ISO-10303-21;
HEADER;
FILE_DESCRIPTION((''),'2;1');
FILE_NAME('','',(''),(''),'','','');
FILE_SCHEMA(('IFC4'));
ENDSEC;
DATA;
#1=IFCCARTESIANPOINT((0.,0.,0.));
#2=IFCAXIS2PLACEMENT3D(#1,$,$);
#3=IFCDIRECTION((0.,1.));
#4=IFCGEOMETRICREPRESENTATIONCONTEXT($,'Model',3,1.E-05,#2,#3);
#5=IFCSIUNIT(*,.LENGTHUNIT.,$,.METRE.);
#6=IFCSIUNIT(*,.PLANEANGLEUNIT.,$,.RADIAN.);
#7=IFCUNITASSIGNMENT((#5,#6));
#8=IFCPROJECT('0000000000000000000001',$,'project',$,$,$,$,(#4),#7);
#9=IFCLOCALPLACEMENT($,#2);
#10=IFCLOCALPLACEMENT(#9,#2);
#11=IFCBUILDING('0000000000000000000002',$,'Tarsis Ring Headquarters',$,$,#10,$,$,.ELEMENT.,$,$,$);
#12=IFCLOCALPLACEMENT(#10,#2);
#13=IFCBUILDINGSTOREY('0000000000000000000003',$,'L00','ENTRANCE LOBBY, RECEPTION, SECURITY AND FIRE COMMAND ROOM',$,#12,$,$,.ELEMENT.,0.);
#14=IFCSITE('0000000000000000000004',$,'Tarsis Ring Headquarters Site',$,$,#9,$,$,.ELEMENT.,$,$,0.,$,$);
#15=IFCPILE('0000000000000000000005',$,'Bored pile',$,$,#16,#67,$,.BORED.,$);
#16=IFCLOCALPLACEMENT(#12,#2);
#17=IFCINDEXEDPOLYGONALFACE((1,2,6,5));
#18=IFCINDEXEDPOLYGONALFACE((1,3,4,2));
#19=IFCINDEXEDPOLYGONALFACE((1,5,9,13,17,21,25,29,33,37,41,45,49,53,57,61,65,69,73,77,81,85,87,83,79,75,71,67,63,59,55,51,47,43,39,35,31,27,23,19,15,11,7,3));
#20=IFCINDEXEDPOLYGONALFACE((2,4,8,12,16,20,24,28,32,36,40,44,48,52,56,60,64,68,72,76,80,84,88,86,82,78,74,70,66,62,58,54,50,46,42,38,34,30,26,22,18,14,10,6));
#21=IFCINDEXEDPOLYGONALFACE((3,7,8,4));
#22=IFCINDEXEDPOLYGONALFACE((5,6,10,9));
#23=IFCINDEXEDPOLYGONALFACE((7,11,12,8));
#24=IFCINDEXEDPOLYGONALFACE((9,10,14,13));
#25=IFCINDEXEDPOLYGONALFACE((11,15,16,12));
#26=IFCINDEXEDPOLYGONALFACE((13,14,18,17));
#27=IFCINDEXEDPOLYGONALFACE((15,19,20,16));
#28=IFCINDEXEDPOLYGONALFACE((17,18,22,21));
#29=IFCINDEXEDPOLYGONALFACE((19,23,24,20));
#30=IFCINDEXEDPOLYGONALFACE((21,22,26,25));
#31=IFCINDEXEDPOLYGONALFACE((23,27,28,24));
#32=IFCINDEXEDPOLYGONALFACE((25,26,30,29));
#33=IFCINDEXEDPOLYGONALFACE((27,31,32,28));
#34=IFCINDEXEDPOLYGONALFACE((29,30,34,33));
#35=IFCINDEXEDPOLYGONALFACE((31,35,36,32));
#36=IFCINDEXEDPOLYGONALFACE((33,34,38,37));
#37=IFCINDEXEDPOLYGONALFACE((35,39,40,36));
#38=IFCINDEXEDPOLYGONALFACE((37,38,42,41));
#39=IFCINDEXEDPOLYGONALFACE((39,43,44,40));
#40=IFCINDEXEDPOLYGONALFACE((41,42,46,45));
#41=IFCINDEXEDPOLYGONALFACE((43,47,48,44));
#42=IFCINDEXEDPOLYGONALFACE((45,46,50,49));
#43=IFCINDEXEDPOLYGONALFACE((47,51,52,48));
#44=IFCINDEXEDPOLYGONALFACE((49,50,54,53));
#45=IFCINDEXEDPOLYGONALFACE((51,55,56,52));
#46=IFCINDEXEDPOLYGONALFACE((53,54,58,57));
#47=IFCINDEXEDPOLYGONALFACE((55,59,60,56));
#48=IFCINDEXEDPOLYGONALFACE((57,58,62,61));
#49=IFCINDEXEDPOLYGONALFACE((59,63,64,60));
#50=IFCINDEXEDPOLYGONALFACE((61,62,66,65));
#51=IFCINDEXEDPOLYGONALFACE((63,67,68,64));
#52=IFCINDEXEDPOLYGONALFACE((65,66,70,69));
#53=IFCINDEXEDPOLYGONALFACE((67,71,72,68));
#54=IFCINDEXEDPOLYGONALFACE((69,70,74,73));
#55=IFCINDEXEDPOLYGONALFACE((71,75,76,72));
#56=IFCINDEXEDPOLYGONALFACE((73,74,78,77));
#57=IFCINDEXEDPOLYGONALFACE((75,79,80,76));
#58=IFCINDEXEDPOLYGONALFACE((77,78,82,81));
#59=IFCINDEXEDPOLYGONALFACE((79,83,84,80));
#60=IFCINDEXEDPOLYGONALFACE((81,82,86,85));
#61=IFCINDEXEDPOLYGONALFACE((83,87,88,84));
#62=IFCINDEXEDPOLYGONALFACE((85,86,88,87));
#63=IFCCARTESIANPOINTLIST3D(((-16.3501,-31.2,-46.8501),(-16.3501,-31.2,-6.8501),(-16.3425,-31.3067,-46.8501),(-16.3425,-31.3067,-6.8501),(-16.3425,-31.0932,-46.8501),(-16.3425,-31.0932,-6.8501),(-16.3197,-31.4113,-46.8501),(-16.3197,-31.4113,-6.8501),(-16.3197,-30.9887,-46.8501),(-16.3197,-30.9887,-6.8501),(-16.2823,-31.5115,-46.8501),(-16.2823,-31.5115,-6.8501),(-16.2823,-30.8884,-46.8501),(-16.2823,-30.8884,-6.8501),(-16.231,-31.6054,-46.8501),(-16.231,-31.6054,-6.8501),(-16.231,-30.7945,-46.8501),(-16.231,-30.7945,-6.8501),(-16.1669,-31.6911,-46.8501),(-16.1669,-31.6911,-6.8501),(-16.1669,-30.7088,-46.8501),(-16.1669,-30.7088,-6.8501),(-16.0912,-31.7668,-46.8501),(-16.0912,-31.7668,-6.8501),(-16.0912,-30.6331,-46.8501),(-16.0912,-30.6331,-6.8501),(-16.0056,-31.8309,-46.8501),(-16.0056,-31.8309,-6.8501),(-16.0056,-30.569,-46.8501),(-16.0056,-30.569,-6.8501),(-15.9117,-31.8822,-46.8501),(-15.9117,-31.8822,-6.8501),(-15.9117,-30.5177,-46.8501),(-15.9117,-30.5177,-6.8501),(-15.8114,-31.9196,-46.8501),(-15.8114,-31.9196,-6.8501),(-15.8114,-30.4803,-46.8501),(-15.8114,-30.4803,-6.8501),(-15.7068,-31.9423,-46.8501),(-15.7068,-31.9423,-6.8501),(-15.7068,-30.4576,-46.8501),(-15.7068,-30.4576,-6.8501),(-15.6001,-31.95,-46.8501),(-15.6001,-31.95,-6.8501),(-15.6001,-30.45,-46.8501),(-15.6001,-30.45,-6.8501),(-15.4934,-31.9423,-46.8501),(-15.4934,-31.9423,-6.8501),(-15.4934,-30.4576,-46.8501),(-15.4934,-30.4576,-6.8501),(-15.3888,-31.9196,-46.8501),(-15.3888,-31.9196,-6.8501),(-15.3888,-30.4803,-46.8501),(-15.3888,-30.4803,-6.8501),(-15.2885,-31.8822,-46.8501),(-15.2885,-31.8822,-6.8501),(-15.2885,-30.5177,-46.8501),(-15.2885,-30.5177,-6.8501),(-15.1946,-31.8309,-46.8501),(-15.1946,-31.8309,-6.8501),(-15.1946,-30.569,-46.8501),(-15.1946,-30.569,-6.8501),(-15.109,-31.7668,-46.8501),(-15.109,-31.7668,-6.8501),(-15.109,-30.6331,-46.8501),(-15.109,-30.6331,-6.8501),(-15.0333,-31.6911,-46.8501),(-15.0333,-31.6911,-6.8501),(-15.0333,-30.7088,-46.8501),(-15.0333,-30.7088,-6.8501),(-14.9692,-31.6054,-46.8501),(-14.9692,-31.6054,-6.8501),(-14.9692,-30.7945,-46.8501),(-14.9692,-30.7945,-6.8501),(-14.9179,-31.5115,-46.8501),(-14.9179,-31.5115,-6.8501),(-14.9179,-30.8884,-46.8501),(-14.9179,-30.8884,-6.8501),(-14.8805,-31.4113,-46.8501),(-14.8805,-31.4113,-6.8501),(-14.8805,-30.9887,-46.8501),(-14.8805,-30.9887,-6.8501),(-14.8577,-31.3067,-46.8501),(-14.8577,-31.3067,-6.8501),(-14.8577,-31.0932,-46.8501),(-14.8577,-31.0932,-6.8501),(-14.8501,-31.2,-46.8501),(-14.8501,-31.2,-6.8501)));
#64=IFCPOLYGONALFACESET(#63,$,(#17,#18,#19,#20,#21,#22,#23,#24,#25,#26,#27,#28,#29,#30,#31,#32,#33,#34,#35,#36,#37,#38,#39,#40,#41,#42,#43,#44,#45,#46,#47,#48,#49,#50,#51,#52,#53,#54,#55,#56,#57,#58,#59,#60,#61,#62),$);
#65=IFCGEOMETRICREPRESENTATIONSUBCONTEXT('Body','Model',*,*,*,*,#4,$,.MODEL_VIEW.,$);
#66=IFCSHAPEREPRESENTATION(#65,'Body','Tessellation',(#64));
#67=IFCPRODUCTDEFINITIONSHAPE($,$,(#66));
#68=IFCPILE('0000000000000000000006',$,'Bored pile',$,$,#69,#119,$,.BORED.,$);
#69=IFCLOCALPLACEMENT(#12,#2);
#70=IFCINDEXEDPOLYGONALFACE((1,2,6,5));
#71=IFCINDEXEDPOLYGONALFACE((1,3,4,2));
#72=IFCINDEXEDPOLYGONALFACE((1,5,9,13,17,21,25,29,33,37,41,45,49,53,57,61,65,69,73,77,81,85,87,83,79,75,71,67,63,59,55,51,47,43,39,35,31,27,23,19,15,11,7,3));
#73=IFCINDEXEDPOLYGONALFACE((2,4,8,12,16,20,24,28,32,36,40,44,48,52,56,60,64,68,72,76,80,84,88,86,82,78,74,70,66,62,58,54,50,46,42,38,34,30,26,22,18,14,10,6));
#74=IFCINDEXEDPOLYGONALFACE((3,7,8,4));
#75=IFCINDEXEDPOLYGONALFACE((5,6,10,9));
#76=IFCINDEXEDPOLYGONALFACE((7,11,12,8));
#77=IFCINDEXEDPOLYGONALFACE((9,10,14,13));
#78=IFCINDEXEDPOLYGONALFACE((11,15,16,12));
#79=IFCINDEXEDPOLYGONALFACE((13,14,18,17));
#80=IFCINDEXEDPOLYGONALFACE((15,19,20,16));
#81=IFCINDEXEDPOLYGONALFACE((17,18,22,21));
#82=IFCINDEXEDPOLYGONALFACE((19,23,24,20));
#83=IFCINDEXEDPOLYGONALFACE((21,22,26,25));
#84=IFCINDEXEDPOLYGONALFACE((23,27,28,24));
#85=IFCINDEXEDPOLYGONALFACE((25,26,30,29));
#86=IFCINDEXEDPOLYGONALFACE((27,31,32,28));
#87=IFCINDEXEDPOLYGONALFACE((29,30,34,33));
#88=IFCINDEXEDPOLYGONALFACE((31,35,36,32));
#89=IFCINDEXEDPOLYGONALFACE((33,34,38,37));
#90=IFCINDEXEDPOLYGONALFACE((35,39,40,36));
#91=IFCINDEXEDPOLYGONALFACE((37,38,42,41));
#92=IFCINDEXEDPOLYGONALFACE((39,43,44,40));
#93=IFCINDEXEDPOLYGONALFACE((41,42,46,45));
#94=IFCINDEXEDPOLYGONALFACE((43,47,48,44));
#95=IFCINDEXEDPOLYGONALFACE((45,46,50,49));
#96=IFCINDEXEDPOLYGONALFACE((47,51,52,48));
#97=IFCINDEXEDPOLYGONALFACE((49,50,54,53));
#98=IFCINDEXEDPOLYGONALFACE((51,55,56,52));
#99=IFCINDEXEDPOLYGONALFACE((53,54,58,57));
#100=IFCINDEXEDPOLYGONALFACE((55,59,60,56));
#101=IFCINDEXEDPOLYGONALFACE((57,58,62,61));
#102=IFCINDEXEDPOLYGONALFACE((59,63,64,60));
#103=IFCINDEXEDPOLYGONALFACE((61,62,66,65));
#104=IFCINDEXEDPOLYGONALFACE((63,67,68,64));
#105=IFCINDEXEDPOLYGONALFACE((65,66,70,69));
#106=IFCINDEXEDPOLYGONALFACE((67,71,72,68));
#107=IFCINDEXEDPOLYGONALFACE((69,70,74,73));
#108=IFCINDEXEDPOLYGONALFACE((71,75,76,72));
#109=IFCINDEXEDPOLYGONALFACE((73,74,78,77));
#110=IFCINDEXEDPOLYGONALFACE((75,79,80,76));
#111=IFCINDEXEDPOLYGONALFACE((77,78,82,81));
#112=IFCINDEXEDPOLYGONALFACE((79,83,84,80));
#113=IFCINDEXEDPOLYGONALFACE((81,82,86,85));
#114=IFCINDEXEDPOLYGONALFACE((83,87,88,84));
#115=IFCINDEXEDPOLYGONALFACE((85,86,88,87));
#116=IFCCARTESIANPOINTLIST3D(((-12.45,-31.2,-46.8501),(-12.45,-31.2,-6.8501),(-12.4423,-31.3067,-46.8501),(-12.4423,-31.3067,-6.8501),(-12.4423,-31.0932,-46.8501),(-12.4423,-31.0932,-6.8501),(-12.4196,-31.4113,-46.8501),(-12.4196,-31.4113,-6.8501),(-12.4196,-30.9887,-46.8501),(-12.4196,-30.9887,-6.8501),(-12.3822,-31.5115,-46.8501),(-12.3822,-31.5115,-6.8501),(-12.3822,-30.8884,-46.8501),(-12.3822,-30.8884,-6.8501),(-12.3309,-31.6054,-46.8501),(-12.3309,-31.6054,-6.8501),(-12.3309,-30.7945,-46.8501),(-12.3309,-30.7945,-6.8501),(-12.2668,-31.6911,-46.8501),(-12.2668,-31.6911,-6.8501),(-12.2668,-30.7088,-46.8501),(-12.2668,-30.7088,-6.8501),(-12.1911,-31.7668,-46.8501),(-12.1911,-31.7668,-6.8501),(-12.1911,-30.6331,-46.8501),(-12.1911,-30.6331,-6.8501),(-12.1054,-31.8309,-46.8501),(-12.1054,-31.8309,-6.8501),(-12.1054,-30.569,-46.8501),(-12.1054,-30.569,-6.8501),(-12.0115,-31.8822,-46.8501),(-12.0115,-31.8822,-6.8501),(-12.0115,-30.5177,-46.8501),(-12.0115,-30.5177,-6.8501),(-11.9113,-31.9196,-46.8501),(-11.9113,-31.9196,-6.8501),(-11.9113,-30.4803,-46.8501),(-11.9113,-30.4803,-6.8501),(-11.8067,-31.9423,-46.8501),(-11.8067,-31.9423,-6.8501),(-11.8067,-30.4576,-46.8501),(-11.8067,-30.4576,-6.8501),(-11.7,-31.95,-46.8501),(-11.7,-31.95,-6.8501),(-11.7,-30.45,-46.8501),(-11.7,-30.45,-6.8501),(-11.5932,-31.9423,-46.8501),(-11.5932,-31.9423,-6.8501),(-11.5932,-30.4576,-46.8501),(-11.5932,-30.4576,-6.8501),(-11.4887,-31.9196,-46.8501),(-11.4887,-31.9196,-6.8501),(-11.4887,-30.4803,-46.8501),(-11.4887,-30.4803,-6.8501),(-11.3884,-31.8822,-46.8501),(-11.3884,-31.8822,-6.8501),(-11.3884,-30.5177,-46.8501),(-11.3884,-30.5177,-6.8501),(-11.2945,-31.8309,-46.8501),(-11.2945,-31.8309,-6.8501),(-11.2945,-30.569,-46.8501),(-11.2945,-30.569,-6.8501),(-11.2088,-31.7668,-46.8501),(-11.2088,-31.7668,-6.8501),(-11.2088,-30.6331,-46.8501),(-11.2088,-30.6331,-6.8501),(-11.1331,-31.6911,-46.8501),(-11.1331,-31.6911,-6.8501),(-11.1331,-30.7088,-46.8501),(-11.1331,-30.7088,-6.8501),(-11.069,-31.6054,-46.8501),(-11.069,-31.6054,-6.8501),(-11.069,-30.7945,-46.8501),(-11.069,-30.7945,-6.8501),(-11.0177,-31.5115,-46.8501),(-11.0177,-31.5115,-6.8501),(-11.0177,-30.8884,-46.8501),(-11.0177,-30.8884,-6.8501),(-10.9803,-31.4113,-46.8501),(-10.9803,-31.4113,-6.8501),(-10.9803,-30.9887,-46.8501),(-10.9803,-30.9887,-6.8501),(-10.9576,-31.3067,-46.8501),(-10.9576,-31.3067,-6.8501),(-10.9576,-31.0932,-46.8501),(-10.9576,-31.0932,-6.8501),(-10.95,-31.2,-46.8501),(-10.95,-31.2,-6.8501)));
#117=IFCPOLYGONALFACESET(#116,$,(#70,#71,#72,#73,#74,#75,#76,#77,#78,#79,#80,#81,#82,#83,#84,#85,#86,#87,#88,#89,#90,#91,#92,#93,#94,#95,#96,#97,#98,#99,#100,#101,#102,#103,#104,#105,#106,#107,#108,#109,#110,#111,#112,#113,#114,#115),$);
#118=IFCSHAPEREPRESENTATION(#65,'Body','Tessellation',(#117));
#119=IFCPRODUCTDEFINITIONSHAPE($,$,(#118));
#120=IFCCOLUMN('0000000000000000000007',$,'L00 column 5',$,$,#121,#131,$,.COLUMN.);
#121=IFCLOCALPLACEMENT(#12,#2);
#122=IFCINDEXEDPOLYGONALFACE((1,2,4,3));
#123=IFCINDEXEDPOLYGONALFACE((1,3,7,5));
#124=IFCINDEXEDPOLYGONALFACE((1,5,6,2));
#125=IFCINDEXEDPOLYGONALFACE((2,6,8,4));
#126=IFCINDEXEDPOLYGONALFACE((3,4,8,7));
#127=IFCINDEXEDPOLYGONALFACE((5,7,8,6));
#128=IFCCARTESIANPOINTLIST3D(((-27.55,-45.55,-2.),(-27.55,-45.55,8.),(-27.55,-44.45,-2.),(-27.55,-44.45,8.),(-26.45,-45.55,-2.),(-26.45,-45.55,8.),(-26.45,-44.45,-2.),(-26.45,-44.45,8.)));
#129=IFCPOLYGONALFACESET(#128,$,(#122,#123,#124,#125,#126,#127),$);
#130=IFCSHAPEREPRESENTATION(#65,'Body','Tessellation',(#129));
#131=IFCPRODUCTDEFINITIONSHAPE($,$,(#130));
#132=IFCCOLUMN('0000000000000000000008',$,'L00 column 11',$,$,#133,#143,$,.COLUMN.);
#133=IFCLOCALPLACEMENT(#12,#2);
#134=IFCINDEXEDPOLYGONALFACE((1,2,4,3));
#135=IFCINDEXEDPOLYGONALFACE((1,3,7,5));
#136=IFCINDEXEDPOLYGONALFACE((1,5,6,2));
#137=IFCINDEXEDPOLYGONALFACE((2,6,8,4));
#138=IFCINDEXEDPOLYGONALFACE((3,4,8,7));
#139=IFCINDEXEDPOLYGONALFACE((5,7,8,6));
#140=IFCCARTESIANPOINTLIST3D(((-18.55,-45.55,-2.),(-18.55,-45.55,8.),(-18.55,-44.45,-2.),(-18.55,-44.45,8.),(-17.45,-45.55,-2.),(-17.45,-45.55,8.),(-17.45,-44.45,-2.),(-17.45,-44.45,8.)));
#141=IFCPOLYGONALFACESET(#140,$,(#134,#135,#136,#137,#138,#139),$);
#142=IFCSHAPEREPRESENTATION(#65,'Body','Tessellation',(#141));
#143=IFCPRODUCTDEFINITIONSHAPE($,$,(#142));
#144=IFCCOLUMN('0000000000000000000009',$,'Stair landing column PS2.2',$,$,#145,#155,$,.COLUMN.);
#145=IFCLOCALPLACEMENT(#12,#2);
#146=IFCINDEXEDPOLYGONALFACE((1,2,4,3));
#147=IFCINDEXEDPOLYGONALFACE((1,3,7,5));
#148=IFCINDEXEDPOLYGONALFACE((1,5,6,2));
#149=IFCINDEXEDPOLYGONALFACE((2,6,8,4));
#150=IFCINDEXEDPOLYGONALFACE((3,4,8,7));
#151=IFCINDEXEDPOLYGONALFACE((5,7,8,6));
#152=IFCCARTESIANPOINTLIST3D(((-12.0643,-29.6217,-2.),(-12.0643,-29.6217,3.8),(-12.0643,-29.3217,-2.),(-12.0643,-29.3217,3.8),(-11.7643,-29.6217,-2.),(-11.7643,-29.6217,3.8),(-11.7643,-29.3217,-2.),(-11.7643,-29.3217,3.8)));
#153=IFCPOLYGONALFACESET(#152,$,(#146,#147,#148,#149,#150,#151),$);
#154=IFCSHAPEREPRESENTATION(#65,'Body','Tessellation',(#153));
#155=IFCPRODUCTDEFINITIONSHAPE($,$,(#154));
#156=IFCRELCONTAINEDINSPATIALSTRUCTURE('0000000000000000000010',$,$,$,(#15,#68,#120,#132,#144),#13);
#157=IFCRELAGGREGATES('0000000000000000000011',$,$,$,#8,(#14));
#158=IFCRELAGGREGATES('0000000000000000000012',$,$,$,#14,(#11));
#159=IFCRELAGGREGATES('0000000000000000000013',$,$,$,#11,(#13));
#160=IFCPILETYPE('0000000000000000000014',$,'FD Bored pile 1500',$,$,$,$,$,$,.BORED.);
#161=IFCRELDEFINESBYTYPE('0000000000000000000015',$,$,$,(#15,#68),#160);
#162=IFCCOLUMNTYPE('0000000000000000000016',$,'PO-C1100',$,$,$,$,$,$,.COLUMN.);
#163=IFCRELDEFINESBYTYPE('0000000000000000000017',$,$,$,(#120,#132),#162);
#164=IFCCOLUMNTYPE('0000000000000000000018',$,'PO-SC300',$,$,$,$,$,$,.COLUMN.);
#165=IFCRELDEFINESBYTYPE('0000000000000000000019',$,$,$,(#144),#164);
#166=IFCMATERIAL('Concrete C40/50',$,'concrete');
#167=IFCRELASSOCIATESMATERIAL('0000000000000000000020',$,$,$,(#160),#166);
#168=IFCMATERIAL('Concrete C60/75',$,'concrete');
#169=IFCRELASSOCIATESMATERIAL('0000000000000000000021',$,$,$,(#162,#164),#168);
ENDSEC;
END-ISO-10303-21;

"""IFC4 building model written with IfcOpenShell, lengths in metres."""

from ifc_helpers import new_model, si_unit, direction, frame, origin, origin_2d, place, context, subcontext, project, spatial, rectangle, circle, extrude, material, material_profile, profile_set, type_object, element, save


model = new_model("IFC4")

# Units and contexts
model_context = context("Model", 3, precision=1e-05, world=origin(), true_north=direction((0.0, 1.0)))
body_context = subcontext(model_context, "Body", "Model", "MODEL_VIEW")
ifc_project = project(units=[si_unit("LENGTHUNIT", "METRE"), si_unit("PLANEANGLEUNIT", "RADIAN")], contexts=[model_context])

# Site, building, storey
site_placement = place(None, origin())
site = spatial("IfcSite", under=ifc_project, at=site_placement, Name="Tarsis Ring Headquarters Site", CompositionType="ELEMENT", RefElevation=0.0)
building_placement = place(site_placement, origin())
building = spatial("IfcBuilding", under=site, at=building_placement, Name="Tarsis Ring Headquarters", CompositionType="ELEMENT")
storey_placement = place(building_placement, origin())
storey = spatial("IfcBuildingStorey", under=building, at=storey_placement, Name="L00", Description="ENTRANCE LOBBY, RECEPTION, SECURITY AND FIRE COMMAND ROOM", CompositionType="ELEMENT", Elevation=0.0)

# Piles
ifc_material_1 = material(Name="Concrete C40/50", Category="concrete")
ifc_material_profile_1 = material_profile(ifc_material_1, circle(Radius=0.75, at=origin_2d()), Name="BORED 1500")
ifc_profile_set_1 = profile_set([ifc_material_profile_1], Name="Concrete C40/50")
pile_type_1 = type_object("IfcPileType", Name="FD Bored pile 1500", PredefinedType="BORED", material=ifc_profile_set_1)
for number, where, z_axis, x_axis, name in (
    (1, (-15.6001, -31.2, -6.8501), (0.0, 0.0, -1.0), (1.0, 0.0, 0.0), "Bored pile"),
    (2, (-11.7, -31.2, -6.8501), (0.0, 0.0, -1.0), (1.0, 0.0, 0.0), "Bored pile"),
):
    element("IfcPile", number, at=place(storey_placement, frame(where, z_axis=z_axis, x_axis=x_axis)), inside=storey, type_object=pile_type_1, Name=name, PredefinedType="BORED", context=body_context, shape_type="SweptSolid", body=[
        extrude(circle(Radius=0.75, at=origin_2d()), origin(), (0.0, 0.0, 1.0), 40.0),
    ])

# Columns
ifc_material_2 = material(Name="Concrete C60/75", Category="concrete")
ifc_material_profile_2 = material_profile(ifc_material_2, rectangle(XDim=1.1001, YDim=1.1001, at=origin_2d()), Name="PO-C1100")
ifc_profile_set_2 = profile_set([ifc_material_profile_2], Name="Concrete C60/75")
column_type_1 = type_object("IfcColumnType", Name="PO-C1100", PredefinedType="COLUMN", material=ifc_profile_set_2)
for number, where, z_axis, x_axis, name in (
    (3, (-27.0, -45.0, -2.0), (0.0, 0.0, 1.0), (1.0, 0.0, 0.0), "L00 column 5"),
    (4, (-18.0, -45.0, -2.0), (0.0, 0.0, 1.0), (1.0, 0.0, 0.0), "L00 column 11"),
):
    element("IfcColumn", number, at=place(storey_placement, frame(where, z_axis=z_axis, x_axis=x_axis)), inside=storey, type_object=column_type_1, Name=name, PredefinedType="COLUMN", context=body_context, shape_type="SweptSolid", body=[
        extrude(rectangle(XDim=1.1001, YDim=1.1001, at=origin_2d()), origin(), (0.0, 0.0, 1.0), 10.0),
    ])
ifc_material_profile_3 = material_profile(ifc_material_2, rectangle(XDim=0.3, YDim=0.3, at=origin_2d()), Name="PO-SC300")
ifc_profile_set_3 = profile_set([ifc_material_profile_3], Name="Concrete C60/75")
column_type_2 = type_object("IfcColumnType", Name="PO-SC300", PredefinedType="COLUMN", material=ifc_profile_set_3)
column_1_placement = place(storey_placement, frame((-11.9143, -29.4717, -2.0), z_axis=(0.0, 0.0, 1.0), x_axis=(1.0, 0.0, 0.0)))
element("IfcColumn", 5, at=column_1_placement, inside=storey, type_object=column_type_2, Name="Stair landing column PS2.2", PredefinedType="COLUMN", context=body_context, shape_type="SweptSolid", body=[
    extrude(rectangle(XDim=0.3, YDim=0.3, at=origin_2d()), origin(), (0.0, 0.0, 1.0), 5.8),
])

save(model, "model.ifc")
